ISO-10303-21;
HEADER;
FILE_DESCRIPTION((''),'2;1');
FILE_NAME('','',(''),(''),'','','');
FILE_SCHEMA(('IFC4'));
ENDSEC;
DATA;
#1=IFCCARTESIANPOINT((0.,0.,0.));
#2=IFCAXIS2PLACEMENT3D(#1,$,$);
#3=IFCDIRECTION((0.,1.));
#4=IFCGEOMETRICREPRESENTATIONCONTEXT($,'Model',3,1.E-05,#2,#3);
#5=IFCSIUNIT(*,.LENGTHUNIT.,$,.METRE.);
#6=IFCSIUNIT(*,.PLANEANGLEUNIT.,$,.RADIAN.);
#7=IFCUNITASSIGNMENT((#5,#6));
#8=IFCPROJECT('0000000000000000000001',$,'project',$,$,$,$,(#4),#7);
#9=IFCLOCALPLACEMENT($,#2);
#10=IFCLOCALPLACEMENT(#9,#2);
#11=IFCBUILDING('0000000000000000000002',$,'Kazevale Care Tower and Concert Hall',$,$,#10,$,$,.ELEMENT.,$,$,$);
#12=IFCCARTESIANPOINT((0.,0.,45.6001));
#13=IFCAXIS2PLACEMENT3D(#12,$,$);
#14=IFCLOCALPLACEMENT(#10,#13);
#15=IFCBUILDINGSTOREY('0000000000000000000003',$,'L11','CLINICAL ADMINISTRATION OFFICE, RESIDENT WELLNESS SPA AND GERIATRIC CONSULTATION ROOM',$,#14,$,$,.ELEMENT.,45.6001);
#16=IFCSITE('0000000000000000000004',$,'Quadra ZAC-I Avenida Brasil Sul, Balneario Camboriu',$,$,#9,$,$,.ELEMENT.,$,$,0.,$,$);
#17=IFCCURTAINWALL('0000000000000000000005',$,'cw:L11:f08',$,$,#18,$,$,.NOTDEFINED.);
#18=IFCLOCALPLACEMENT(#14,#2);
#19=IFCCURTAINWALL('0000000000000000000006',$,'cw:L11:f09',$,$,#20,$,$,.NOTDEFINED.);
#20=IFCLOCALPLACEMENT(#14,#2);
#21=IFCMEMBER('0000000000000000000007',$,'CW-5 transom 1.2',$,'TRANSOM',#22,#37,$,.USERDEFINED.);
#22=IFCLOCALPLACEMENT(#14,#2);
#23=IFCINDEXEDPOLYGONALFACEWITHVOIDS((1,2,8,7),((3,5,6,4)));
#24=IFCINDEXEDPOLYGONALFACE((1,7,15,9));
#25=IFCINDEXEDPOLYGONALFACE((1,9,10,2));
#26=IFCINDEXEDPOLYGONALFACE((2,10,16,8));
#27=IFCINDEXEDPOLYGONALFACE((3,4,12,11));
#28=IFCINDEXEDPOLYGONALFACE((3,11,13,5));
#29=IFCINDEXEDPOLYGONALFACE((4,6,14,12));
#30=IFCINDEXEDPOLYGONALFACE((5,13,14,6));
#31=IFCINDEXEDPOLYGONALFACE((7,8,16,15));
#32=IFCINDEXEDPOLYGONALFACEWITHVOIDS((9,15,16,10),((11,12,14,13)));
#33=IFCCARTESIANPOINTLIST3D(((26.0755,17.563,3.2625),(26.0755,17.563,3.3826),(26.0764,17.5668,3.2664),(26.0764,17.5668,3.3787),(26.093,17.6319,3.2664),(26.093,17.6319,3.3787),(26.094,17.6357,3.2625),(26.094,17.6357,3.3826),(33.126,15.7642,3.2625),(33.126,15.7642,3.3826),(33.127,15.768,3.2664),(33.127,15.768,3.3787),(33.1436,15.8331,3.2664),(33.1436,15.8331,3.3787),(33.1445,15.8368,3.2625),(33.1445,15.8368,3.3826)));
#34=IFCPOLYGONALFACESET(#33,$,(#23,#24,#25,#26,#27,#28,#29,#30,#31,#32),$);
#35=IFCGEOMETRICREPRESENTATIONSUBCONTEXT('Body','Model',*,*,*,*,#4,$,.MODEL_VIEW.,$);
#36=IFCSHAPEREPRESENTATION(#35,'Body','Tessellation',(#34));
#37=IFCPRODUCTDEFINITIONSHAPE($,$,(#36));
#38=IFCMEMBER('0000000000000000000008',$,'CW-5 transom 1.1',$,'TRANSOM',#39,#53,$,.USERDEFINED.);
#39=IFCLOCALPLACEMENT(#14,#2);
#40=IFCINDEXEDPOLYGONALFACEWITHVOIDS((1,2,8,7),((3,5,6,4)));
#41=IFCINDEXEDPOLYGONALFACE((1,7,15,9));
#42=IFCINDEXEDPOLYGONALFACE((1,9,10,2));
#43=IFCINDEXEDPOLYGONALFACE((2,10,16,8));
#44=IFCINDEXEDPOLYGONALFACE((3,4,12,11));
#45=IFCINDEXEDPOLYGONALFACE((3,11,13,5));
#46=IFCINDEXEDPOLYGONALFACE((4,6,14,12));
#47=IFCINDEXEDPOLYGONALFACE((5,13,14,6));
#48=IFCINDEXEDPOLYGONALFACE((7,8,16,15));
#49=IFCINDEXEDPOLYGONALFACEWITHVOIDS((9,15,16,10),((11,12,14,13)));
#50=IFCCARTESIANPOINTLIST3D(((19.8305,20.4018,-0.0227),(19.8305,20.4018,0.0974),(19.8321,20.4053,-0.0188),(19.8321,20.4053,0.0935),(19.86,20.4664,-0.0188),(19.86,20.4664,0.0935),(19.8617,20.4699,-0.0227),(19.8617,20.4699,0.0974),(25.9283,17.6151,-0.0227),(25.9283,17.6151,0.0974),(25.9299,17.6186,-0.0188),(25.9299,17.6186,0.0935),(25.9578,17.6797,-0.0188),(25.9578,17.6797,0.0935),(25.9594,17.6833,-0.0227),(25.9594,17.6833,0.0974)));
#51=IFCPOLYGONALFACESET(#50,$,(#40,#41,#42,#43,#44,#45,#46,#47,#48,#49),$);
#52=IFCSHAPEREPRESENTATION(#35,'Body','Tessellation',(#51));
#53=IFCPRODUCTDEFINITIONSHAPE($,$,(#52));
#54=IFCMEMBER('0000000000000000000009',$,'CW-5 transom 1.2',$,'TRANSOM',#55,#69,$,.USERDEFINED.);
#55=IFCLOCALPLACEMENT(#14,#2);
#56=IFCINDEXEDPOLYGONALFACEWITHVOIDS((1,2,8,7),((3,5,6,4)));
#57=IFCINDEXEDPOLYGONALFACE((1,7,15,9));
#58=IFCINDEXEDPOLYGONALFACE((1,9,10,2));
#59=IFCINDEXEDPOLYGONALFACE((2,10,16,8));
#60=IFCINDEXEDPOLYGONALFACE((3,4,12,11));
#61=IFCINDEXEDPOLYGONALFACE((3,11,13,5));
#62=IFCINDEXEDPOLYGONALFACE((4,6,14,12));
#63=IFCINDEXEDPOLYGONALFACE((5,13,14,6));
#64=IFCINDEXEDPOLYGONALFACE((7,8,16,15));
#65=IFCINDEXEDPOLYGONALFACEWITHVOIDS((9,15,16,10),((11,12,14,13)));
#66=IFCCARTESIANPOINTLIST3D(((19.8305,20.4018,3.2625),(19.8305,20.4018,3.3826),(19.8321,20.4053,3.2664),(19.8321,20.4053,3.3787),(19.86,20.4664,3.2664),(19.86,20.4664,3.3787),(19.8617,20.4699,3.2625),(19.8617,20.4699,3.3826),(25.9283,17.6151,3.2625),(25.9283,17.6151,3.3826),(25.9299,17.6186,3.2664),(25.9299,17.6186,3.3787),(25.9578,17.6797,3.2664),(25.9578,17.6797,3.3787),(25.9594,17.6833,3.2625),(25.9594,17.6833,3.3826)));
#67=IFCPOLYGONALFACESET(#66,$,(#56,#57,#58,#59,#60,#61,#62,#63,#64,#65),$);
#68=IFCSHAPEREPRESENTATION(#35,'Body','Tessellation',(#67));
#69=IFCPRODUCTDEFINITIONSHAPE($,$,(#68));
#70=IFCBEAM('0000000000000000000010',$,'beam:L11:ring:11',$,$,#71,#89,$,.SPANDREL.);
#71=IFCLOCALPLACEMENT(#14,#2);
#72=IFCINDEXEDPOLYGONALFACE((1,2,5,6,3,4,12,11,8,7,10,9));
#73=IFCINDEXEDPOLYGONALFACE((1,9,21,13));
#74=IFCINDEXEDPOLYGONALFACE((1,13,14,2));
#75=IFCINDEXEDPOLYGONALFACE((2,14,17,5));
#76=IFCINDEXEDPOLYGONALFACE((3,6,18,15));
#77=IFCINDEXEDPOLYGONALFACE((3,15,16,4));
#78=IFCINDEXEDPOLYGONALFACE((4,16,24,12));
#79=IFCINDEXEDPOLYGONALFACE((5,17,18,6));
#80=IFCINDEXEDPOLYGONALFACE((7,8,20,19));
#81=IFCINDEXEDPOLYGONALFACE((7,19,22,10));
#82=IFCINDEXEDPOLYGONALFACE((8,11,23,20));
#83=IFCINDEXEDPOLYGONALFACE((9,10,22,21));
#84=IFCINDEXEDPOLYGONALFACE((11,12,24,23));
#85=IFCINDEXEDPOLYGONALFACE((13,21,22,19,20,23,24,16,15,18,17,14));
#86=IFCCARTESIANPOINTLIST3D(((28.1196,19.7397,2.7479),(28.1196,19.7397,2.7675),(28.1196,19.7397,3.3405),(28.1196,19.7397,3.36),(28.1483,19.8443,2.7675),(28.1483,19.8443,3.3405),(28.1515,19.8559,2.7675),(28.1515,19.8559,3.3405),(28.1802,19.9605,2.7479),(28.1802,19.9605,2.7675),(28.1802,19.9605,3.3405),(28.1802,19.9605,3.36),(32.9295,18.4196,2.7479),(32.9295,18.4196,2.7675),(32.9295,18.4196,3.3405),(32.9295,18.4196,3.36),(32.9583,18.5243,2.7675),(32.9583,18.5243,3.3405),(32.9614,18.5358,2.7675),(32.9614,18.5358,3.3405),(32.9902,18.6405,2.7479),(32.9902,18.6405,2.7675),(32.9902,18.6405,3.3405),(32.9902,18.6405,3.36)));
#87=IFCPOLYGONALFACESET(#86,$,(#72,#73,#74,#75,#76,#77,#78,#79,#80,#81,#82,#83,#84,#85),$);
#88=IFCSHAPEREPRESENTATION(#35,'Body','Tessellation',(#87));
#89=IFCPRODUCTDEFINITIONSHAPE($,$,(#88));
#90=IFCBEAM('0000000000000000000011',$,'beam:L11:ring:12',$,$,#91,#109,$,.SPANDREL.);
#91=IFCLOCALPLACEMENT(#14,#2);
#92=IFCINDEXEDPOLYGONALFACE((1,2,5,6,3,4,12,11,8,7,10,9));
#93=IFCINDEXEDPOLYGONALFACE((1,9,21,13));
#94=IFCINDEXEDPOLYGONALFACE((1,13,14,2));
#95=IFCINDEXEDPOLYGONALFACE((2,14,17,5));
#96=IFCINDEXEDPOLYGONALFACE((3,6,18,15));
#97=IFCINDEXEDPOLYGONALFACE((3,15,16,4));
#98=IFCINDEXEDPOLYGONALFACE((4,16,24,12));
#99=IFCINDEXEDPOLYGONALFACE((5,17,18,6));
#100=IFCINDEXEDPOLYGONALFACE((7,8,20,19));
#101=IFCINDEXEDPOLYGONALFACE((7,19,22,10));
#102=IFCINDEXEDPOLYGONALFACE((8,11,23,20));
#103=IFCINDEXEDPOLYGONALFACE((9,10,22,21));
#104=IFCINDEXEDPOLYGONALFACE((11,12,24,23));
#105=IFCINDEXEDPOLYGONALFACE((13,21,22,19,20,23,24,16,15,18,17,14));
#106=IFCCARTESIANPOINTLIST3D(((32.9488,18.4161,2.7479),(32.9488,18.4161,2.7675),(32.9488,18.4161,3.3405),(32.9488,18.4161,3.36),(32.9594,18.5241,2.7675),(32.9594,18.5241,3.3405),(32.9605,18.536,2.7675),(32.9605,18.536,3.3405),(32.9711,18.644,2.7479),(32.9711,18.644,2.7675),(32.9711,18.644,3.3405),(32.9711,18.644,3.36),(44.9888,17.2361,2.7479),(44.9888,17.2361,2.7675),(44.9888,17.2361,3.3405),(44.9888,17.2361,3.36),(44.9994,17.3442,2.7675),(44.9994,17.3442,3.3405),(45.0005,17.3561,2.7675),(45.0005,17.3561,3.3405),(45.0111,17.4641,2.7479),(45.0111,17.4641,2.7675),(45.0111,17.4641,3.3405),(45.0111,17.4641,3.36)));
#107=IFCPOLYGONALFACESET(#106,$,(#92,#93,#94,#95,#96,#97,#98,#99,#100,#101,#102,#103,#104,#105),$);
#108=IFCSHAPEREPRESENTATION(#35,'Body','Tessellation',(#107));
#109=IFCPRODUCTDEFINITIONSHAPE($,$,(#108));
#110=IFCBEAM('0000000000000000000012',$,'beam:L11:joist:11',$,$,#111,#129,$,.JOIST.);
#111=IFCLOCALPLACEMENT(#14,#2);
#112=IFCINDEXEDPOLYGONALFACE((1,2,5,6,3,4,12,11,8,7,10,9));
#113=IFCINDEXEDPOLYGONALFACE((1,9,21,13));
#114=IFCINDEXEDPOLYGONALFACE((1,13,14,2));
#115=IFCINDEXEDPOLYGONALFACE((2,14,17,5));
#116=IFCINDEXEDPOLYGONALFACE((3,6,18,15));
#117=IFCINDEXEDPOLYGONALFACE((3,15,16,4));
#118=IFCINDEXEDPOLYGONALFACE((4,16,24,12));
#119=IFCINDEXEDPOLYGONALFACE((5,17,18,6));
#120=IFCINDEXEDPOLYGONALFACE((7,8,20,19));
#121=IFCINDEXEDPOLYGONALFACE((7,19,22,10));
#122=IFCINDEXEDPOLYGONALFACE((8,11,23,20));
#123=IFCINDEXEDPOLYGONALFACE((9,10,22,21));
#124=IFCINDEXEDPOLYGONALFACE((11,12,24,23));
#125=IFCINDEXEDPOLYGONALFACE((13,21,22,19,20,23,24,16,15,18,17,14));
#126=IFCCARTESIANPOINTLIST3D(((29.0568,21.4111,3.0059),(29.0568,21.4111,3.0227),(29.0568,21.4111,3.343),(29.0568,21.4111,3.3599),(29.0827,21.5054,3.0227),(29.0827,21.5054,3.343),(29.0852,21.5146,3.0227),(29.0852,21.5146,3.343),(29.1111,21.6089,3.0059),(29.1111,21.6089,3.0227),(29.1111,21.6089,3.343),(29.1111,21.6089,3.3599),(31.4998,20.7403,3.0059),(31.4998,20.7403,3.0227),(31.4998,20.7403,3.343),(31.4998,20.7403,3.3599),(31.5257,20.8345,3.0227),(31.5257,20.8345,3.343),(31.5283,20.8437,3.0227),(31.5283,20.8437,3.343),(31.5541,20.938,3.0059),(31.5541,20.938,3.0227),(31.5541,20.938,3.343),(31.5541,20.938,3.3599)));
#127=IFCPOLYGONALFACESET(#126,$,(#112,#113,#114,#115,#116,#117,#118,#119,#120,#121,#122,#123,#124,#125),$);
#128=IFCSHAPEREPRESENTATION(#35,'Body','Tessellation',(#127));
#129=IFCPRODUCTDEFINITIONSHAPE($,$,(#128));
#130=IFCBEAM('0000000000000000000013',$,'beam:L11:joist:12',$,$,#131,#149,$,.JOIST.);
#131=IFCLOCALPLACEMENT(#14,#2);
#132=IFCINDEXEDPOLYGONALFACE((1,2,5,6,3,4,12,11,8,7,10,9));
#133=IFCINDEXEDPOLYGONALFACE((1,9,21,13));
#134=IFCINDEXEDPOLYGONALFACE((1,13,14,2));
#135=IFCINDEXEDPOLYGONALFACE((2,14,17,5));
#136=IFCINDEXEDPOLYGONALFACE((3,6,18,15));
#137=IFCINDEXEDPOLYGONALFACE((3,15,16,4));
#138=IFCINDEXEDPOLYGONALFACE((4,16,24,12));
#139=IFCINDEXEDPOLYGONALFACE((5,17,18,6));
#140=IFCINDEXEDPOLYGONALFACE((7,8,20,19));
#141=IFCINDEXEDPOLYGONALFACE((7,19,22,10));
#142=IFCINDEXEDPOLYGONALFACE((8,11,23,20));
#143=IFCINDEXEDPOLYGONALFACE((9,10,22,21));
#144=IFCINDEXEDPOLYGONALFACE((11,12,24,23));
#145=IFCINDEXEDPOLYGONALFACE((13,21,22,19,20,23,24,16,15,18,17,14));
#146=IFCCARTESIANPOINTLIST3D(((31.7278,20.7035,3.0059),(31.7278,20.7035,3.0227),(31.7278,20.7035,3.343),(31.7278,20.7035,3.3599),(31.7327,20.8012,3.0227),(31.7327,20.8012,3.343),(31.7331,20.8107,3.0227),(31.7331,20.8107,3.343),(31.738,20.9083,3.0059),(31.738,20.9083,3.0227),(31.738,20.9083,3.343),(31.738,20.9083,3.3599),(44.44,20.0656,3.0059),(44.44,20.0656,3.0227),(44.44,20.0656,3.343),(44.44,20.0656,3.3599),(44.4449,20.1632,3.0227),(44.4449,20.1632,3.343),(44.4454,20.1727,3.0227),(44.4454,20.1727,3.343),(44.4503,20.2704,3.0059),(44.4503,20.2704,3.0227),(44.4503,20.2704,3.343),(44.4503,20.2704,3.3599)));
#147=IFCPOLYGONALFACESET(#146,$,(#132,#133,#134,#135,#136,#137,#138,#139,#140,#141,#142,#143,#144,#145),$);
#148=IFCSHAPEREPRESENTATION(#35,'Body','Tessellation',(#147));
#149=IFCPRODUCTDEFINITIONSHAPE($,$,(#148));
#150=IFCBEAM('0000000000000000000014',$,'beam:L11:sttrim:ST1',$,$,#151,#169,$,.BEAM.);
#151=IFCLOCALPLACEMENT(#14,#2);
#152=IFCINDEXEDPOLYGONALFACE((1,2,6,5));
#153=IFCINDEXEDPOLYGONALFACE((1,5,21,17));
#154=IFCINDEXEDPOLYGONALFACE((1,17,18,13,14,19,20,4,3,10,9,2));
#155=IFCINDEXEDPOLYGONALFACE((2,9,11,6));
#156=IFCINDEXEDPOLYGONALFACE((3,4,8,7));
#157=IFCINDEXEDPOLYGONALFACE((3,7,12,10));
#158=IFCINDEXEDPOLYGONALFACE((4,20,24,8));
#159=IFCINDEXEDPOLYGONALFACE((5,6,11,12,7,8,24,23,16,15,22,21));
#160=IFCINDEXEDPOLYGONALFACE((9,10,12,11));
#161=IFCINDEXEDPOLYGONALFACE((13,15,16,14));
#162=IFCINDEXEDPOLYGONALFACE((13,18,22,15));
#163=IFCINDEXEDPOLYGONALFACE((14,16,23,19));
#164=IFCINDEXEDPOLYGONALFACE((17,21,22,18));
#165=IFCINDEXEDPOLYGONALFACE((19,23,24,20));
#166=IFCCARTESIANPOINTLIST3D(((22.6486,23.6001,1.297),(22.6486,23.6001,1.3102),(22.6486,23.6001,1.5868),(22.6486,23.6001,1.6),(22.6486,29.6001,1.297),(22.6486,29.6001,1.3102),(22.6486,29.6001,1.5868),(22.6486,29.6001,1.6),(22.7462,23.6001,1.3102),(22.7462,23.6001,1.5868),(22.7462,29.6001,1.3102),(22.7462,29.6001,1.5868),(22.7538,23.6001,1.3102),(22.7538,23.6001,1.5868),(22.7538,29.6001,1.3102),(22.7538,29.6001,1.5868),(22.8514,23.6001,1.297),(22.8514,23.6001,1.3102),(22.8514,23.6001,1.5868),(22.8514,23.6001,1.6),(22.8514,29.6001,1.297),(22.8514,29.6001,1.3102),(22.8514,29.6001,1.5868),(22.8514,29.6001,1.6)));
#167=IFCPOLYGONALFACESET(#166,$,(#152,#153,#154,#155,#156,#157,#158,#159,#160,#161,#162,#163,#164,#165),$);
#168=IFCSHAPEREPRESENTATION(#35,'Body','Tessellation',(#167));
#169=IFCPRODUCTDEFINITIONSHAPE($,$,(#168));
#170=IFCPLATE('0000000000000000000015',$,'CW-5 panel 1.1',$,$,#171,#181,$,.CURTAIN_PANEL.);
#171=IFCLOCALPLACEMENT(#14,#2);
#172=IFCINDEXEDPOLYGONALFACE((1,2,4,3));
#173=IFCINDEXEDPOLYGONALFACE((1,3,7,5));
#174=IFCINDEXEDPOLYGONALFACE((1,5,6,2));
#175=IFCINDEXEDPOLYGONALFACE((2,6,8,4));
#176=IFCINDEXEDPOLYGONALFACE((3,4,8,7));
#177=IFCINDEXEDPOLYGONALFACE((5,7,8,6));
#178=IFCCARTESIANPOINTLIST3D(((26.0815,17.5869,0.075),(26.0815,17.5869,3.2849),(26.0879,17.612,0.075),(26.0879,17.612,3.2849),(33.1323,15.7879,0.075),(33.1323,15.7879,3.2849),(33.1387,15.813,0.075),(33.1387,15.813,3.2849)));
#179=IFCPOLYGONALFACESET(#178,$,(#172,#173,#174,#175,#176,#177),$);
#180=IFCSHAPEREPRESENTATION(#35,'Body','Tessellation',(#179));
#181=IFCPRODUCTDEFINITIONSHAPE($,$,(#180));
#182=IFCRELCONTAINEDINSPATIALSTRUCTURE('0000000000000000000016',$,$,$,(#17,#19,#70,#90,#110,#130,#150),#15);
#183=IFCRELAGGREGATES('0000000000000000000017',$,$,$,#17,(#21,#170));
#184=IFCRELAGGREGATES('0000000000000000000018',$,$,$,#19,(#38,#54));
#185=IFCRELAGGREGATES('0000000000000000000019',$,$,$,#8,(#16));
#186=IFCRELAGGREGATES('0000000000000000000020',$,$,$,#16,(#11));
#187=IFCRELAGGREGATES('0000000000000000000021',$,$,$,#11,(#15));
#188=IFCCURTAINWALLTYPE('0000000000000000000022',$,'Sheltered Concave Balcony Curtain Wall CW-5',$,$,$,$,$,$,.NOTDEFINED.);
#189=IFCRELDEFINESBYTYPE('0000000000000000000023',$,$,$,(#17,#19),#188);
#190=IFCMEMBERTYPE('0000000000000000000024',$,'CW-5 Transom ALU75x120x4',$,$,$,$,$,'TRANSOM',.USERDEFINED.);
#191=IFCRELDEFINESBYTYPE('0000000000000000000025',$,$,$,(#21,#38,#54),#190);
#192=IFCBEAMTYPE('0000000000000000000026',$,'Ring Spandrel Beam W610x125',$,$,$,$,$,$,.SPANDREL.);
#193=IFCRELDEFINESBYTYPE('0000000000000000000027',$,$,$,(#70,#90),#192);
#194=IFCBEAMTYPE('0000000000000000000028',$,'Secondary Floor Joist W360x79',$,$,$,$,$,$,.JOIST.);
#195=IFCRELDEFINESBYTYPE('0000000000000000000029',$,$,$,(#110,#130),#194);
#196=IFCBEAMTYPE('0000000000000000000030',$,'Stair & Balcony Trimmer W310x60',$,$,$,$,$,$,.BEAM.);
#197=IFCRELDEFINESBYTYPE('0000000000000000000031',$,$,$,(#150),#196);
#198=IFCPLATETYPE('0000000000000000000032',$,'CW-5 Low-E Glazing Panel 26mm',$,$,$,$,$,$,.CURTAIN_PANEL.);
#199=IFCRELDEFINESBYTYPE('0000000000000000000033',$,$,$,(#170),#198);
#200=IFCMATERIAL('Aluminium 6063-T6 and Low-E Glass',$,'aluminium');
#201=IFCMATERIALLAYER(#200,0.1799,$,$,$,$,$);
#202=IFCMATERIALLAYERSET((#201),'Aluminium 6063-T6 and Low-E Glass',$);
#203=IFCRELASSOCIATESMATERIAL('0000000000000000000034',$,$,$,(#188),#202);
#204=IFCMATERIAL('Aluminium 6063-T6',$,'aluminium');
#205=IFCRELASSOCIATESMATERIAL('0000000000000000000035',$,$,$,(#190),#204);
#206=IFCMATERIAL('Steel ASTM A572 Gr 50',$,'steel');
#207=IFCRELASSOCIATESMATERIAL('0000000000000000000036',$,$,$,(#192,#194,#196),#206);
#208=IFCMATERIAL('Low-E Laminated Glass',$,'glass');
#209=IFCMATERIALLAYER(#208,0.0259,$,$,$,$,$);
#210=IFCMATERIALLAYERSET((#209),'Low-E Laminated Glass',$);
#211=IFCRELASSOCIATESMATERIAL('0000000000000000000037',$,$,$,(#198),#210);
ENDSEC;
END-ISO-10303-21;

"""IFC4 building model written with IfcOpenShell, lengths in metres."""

from ifc_helpers import new_model, si_unit, direction, frame, origin, origin_2d, place, context, subcontext, project, spatial, rectangle, hollow_rectangle, i_section, extrude, material, layer, layer_set, material_profile, profile_set, type_object, element, aggregate, save


model = new_model("IFC4")

# Units and contexts
model_context = context("Model", 3, precision=1e-05, world=origin(), true_north=direction((0.0, 1.0)))
body_context = subcontext(model_context, "Body", "Model", "MODEL_VIEW")
ifc_project = project(units=[si_unit("LENGTHUNIT", "METRE"), si_unit("PLANEANGLEUNIT", "RADIAN")], contexts=[model_context])

# Site, building, storey
site_placement = place(None, origin())
site = spatial("IfcSite", under=ifc_project, at=site_placement, Name="Quadra ZAC-I Avenida Brasil Sul, Balneario Camboriu", CompositionType="ELEMENT", RefElevation=0.0)
building_placement = place(site_placement, origin())
building = spatial("IfcBuilding", under=site, at=building_placement, Name="Kazevale Care Tower and Concert Hall", CompositionType="ELEMENT")
storey_placement = place(building_placement, frame((0.0, 0.0, 45.6001)))
storey = spatial("IfcBuildingStorey", under=building, at=storey_placement, Name="L11", Description="CLINICAL ADMINISTRATION OFFICE, RESIDENT WELLNESS SPA AND GERIATRIC CONSULTATION ROOM", CompositionType="ELEMENT", Elevation=45.6001)

# Shared definitions
ifc_material_1 = material(Name="Aluminium 6063-T6 and Low-E Glass", Category="aluminium")
ifc_layer_1 = layer(ifc_material_1, 0.1799)
ifc_layer_set_1 = layer_set([ifc_layer_1], Name="Aluminium 6063-T6 and Low-E Glass")
curtain_wall_type = type_object("IfcCurtainWallType", Name="Sheltered Concave Balcony Curtain Wall CW-5", PredefinedType="NOTDEFINED", material=ifc_layer_set_1)
ifc_material_2 = material(Name="Aluminium 6063-T6", Category="aluminium")

# Curtain wall
curtain_wall_1_placement = place(storey_placement, origin())
curtain_wall_1 = element("IfcCurtainWall", 1, at=curtain_wall_1_placement, inside=storey, type_object=curtain_wall_type, Name="cw:L11:f08", PredefinedType="NOTDEFINED")

# Curtain wall
curtain_wall_2_placement = place(storey_placement, origin())
curtain_wall_2 = element("IfcCurtainWall", 2, at=curtain_wall_2_placement, inside=storey, type_object=curtain_wall_type, Name="cw:L11:f09", PredefinedType="NOTDEFINED")

# Members
ifc_material_profile_1 = material_profile(ifc_material_2, hollow_rectangle(XDim=0.075, YDim=0.1201, WallThickness=0.0039, at=origin_2d()), Name="ALU75x120x4")
ifc_profile_set_1 = profile_set([ifc_material_profile_1], Name="Aluminium 6063-T6")
member_type_1 = type_object("IfcMemberType", Name="CW-5 Transom ALU75x120x4", ElementType="TRANSOM", PredefinedType="USERDEFINED", material=ifc_profile_set_1)
member_1_placement = place(storey_placement, frame((33.1353, 15.8005, 3.3225), z_axis=(-0.968961, 0.247214, 0.0), x_axis=(-0.247214, -0.968961, 0.0)))
member_1 = element("IfcMember", 3, at=member_1_placement, type_object=member_type_1, Name="CW-5 transom 1.2", ObjectType="TRANSOM", PredefinedType="USERDEFINED", context=body_context, shape_type="SweptSolid", body=[
    extrude(hollow_rectangle(XDim=0.075, YDim=0.1201, WallThickness=0.0039, at=origin_2d()), origin(), (0.0, 0.0, 1.0), 7.2764),
])
member_2_placement = place(storey_placement, frame((25.9438, 17.6492, 0.0374), z_axis=(-0.909524, 0.415651, 0.0), x_axis=(-0.415651, -0.909524, 0.0)))
member_2 = element("IfcMember", 4, at=member_2_placement, type_object=member_type_1, Name="CW-5 transom 1.1", ObjectType="TRANSOM", PredefinedType="USERDEFINED", context=body_context, shape_type="SweptSolid", body=[
    extrude(hollow_rectangle(XDim=0.075, YDim=0.1201, WallThickness=0.0039, at=origin_2d()), origin(), (0.0, 0.0, 1.0), 6.7043),
])
member_3_placement = place(storey_placement, frame((25.9438, 17.6492, 3.3225), z_axis=(-0.909524, 0.415651, 0.0), x_axis=(-0.415651, -0.909524, 0.0)))
member_3 = element("IfcMember", 5, at=member_3_placement, type_object=member_type_1, Name="CW-5 transom 1.2", ObjectType="TRANSOM", PredefinedType="USERDEFINED", context=body_context, shape_type="SweptSolid", body=[
    extrude(hollow_rectangle(XDim=0.075, YDim=0.1201, WallThickness=0.0039, at=origin_2d()), origin(), (0.0, 0.0, 1.0), 6.7043),
])

# Beams
ifc_material_3 = material(Name="Steel ASTM A572 Gr 50", Category="steel")
ifc_material_profile_2 = material_profile(ifc_material_3, i_section(OverallWidth=0.229, OverallDepth=0.6121, WebThickness=0.012, FlangeThickness=0.0195, at=origin_2d()), Name="W610x125")
ifc_profile_set_2 = profile_set([ifc_material_profile_2], Name="Steel ASTM A572 Gr 50")
beam_type_1 = type_object("IfcBeamType", Name="Ring Spandrel Beam W610x125", PredefinedType="SPANDREL", material=ifc_profile_set_2)
beam_1_placement = place(storey_placement, frame((28.1499, 19.8501, 3.054), z_axis=(0.964344, -0.264654, 0.0), x_axis=(0.264654, 0.964344, 0.0)))
element("IfcBeam", 6, at=beam_1_placement, inside=storey, type_object=beam_type_1, Name="beam:L11:ring:11", PredefinedType="SPANDREL", context=body_context, shape_type="SweptSolid", body=[
    extrude(i_section(OverallWidth=0.229, OverallDepth=0.6121, WebThickness=0.012, FlangeThickness=0.0195, at=origin_2d()), origin(), (0.0, 0.0, 1.0), 4.9878),
])
beam_2_placement = place(storey_placement, frame((32.96, 18.53, 3.054), z_axis=(0.995232, -0.097533, 0.0), x_axis=(0.097533, 0.995232, 0.0)))
element("IfcBeam", 7, at=beam_2_placement, inside=storey, type_object=beam_type_1, Name="beam:L11:ring:12", PredefinedType="SPANDREL", context=body_context, shape_type="SweptSolid", body=[
    extrude(i_section(OverallWidth=0.229, OverallDepth=0.6121, WebThickness=0.012, FlangeThickness=0.0195, at=origin_2d()), origin(), (0.0, 0.0, 1.0), 12.0977),
])
ifc_material_profile_3 = material_profile(ifc_material_3, i_section(OverallWidth=0.2051, OverallDepth=0.354, WebThickness=0.0095, FlangeThickness=0.0168, at=origin_2d()), Name="W360x79")
ifc_profile_set_3 = profile_set([ifc_material_profile_3], Name="Steel ASTM A572 Gr 50")
beam_type_2 = type_object("IfcBeamType", Name="Secondary Floor Joist W360x79", PredefinedType="JOIST", material=ifc_profile_set_3)
beam_3_placement = place(storey_placement, frame((29.084, 21.51, 3.1829), z_axis=(0.964302, -0.264805, 0.0), x_axis=(0.264805, 0.964302, 0.0)))
element("IfcBeam", 8, at=beam_3_placement, inside=storey, type_object=beam_type_2, Name="beam:L11:joist:11", PredefinedType="JOIST", context=body_context, shape_type="SweptSolid", body=[
    extrude(i_section(OverallWidth=0.2051, OverallDepth=0.354, WebThickness=0.0095, FlangeThickness=0.0168, at=origin_2d()), origin(), (0.0, 0.0, 1.0), 2.5334),
])
beam_4_placement = place(storey_placement, frame((31.7329, 20.8059, 3.1829), z_axis=(0.998743, -0.05012, 0.0), x_axis=(0.05012, 0.998743, 0.0)))
element("IfcBeam", 9, at=beam_4_placement, inside=storey, type_object=beam_type_2, Name="beam:L11:joist:12", PredefinedType="JOIST", context=body_context, shape_type="SweptSolid", body=[
    extrude(i_section(OverallWidth=0.2051, OverallDepth=0.354, WebThickness=0.0095, FlangeThickness=0.0168, at=origin_2d()), origin(), (0.0, 0.0, 1.0), 12.7283),
])
ifc_material_profile_4 = material_profile(ifc_material_3, i_section(OverallWidth=0.2029, OverallDepth=0.303, WebThickness=0.0076, FlangeThickness=0.0132, at=origin_2d()), Name="W310x60")
ifc_profile_set_4 = profile_set([ifc_material_profile_4], Name="Steel ASTM A572 Gr 50")
beam_type_3 = type_object("IfcBeamType", Name="Stair & Balcony Trimmer W310x60", PredefinedType="BEAM", material=ifc_profile_set_4)
beam_5_placement = place(storey_placement, frame((22.75, 23.6001, 1.4485), z_axis=(0.0, 1.0, 0.0), x_axis=(-1.0, 0.0, 0.0)))
element("IfcBeam", 10, at=beam_5_placement, inside=storey, type_object=beam_type_3, Name="beam:L11:sttrim:ST1", PredefinedType="BEAM", context=body_context, shape_type="SweptSolid", body=[
    extrude(i_section(OverallWidth=0.2029, OverallDepth=0.303, WebThickness=0.0076, FlangeThickness=0.0132, at=origin_2d()), origin(), (0.0, 0.0, 1.0), 6.0),
])

# Plate
ifc_material_4 = material(Name="Low-E Laminated Glass", Category="glass")
ifc_layer_2 = layer(ifc_material_4, 0.0259)
ifc_layer_set_2 = layer_set([ifc_layer_2], Name="Low-E Laminated Glass")
plate_type = type_object("IfcPlateType", Name="CW-5 Low-E Glazing Panel 26mm", PredefinedType="CURTAIN_PANEL", material=ifc_layer_set_2)
plate_1_placement = place(storey_placement, frame((29.6101, 16.7, 0.075), z_axis=(0.0, 0.0, 1.0), x_axis=(-0.968959, 0.247222, 0.0)))
plate_1 = element("IfcPlate", 11, at=plate_1_placement, type_object=plate_type, Name="CW-5 panel 1.1", PredefinedType="CURTAIN_PANEL", context=body_context, shape_type="SweptSolid", body=[
    extrude(rectangle(XDim=7.2766, YDim=0.0259, at=origin_2d()), origin(), (0.0, 0.0, 1.0), 3.21),
])
aggregate(curtain_wall_1, [member_1, plate_1])
aggregate(curtain_wall_2, [member_2, member_3])

save(model, "model.ifc")
